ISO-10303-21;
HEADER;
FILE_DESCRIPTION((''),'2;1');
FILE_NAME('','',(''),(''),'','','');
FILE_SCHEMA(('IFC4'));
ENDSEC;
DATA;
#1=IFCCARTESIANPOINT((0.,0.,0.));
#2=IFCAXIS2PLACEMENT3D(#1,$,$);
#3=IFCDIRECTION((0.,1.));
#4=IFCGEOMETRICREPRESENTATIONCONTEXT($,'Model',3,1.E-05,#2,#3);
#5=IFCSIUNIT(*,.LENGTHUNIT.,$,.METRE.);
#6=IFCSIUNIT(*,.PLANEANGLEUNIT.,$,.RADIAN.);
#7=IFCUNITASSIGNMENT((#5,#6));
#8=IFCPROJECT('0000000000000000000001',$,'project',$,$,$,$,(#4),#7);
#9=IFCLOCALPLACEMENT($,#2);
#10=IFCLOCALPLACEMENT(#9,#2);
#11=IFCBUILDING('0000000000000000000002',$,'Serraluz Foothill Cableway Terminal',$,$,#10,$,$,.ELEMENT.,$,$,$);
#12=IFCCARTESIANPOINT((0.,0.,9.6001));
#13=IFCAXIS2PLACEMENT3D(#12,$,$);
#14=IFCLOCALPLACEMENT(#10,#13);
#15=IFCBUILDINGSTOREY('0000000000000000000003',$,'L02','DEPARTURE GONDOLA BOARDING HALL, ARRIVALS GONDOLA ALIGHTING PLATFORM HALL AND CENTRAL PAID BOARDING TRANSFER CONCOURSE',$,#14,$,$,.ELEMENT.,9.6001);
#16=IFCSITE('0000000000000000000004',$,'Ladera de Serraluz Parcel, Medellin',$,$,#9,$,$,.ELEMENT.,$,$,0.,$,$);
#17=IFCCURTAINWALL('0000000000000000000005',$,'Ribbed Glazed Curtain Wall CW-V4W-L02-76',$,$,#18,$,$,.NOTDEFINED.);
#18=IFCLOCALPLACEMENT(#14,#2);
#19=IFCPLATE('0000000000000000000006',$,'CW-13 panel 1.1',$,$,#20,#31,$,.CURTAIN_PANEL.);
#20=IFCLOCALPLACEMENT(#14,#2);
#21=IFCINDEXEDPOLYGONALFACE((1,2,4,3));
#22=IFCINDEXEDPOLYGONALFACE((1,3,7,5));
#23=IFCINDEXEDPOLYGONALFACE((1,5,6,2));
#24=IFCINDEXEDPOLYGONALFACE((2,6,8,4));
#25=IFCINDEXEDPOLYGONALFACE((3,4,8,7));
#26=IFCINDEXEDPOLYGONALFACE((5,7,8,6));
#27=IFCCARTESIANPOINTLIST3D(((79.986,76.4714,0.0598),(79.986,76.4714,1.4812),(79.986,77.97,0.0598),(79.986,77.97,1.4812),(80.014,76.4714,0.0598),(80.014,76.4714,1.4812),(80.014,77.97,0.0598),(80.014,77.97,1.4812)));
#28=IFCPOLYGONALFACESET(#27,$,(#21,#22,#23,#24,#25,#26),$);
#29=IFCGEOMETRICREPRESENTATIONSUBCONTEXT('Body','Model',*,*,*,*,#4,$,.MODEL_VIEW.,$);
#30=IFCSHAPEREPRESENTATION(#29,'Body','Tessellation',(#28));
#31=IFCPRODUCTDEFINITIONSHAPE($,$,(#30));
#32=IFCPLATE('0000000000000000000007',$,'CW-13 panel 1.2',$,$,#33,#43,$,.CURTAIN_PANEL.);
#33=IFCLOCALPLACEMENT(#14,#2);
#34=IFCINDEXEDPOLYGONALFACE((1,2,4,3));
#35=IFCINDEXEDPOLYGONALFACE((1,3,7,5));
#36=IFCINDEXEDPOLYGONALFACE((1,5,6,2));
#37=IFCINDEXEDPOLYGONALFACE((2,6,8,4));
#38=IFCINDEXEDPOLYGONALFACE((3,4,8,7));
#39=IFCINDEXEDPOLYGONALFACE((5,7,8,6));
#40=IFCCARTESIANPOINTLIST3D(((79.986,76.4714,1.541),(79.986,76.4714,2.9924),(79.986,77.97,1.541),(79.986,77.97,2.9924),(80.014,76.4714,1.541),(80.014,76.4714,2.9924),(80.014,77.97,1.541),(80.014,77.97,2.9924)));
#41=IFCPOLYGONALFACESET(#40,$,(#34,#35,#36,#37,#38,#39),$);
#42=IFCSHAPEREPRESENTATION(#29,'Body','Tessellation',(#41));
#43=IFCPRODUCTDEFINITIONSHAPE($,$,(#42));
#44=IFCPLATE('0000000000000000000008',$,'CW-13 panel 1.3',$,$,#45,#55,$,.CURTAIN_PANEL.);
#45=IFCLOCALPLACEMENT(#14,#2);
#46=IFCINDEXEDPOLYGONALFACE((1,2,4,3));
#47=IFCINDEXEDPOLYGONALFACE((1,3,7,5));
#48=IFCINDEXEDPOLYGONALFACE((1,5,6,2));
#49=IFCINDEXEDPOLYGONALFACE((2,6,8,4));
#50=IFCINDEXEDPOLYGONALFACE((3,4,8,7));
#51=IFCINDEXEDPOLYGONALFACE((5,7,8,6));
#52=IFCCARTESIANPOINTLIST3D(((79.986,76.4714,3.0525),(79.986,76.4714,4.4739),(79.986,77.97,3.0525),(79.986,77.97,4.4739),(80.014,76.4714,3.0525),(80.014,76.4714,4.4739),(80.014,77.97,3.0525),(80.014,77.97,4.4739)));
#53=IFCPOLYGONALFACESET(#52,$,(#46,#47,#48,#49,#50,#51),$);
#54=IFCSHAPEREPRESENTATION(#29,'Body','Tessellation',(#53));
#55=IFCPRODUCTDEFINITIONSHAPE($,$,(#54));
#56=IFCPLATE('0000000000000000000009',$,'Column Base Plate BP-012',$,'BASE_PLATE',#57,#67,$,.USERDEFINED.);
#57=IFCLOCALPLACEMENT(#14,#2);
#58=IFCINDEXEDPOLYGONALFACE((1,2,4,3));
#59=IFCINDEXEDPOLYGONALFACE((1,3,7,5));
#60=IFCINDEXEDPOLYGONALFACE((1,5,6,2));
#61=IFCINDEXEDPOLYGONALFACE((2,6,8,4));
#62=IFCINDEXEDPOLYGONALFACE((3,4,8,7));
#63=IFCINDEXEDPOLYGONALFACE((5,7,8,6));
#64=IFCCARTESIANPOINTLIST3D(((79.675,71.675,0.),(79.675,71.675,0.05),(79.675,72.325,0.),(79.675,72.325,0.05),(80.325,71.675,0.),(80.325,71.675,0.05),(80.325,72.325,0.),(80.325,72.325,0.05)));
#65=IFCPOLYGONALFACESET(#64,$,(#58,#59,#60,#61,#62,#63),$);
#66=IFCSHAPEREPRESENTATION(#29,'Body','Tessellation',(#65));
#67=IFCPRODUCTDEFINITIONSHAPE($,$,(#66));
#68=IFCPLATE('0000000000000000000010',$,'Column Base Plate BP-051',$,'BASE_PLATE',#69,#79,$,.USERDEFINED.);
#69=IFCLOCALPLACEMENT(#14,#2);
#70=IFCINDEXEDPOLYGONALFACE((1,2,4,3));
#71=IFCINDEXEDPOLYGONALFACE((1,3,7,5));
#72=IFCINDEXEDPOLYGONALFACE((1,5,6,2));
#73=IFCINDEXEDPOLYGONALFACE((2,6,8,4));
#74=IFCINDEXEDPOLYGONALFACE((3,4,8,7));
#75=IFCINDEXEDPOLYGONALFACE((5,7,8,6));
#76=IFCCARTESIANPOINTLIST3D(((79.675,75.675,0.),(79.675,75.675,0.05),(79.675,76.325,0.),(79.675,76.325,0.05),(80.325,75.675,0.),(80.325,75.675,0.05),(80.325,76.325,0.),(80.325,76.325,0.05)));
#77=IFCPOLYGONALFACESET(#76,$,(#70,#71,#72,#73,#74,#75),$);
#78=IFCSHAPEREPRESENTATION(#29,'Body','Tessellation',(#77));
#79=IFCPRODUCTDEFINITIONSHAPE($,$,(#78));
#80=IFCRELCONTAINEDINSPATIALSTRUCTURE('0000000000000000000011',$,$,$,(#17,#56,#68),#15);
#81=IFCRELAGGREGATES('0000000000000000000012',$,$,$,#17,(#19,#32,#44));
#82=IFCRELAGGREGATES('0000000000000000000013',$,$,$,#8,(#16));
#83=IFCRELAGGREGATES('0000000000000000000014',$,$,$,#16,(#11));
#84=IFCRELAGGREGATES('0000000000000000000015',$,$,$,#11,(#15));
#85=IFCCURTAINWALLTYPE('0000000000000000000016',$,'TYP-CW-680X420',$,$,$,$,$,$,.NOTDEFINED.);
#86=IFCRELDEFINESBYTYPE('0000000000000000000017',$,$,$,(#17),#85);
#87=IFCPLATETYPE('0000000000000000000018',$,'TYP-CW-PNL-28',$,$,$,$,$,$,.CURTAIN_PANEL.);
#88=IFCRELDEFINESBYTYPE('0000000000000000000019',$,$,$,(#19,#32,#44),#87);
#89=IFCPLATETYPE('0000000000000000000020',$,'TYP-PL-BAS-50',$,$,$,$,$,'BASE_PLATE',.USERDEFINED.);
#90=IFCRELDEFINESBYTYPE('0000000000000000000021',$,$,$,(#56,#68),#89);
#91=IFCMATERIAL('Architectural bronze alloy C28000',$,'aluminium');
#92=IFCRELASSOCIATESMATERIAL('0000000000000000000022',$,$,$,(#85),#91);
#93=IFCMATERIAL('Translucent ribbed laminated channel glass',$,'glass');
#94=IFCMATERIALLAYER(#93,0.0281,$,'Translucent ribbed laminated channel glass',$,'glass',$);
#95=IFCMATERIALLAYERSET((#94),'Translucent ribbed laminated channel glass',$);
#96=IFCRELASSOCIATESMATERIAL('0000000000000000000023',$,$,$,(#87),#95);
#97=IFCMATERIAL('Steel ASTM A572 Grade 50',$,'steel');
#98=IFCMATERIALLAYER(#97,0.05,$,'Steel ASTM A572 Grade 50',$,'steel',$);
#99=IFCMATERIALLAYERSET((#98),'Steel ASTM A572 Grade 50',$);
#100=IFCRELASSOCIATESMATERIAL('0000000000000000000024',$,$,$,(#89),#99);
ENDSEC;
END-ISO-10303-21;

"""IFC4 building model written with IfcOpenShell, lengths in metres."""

from ifc_helpers import new_model, si_unit, direction, frame, origin, origin_2d, place, context, subcontext, project, spatial, rectangle, extrude, material, layer, layer_set, type_object, element, aggregate, save


model = new_model("IFC4")

# Units and contexts
model_context = context("Model", 3, precision=1e-05, world=origin(), true_north=direction((0.0, 1.0)))
body_context = subcontext(model_context, "Body", "Model", "MODEL_VIEW")
ifc_project = project(units=[si_unit("LENGTHUNIT", "METRE"), si_unit("PLANEANGLEUNIT", "RADIAN")], contexts=[model_context])

# Site, building, storey
site_placement = place(None, origin())
site = spatial("IfcSite", under=ifc_project, at=site_placement, Name="Ladera de Serraluz Parcel, Medellin", CompositionType="ELEMENT", RefElevation=0.0)
building_placement = place(site_placement, origin())
building = spatial("IfcBuilding", under=site, at=building_placement, Name="Serraluz Foothill Cableway Terminal", CompositionType="ELEMENT")
storey_placement = place(building_placement, frame((0.0, 0.0, 9.6001)))
storey = spatial("IfcBuildingStorey", under=building, at=storey_placement, Name="L02", Description="DEPARTURE GONDOLA BOARDING HALL, ARRIVALS GONDOLA ALIGHTING PLATFORM HALL AND CENTRAL PAID BOARDING TRANSFER CONCOURSE", CompositionType="ELEMENT", Elevation=9.6001)

# Shared definitions
ifc_material_1 = material(Name="Architectural bronze alloy C28000", Category="aluminium")

# Curtain wall
curtain_wall_type_1 = type_object("IfcCurtainWallType", Name="TYP-CW-680X420", PredefinedType="NOTDEFINED", material=ifc_material_1)
curtain_wall_1_placement = place(storey_placement, origin())
curtain_wall_1 = element("IfcCurtainWall", 1, at=curtain_wall_1_placement, inside=storey, type_object=curtain_wall_type_1, Name="Ribbed Glazed Curtain Wall CW-V4W-L02-76", PredefinedType="NOTDEFINED")

# Plates
ifc_material_2 = material(Name="Translucent ribbed laminated channel glass", Category="glass")
ifc_layer_1 = layer(ifc_material_2, 0.0281, Name="Translucent ribbed laminated channel glass", Category="glass")
ifc_layer_set_1 = layer_set([ifc_layer_1], Name="Translucent ribbed laminated channel glass")
plate_type_1 = type_object("IfcPlateType", Name="TYP-CW-PNL-28", PredefinedType="CURTAIN_PANEL", material=ifc_layer_set_1)
plate_1_placement = place(storey_placement, frame((80.0, 77.2207, 0.0598), z_axis=(0.0, 0.0, 1.0), x_axis=(0.0, 1.0, 0.0)))
plate_1 = element("IfcPlate", 2, at=plate_1_placement, type_object=plate_type_1, Name="CW-13 panel 1.1", PredefinedType="CURTAIN_PANEL", context=body_context, shape_type="SweptSolid", body=[
    extrude(rectangle(XDim=1.4985, YDim=0.0281, at=origin_2d()), origin(), (0.0, 0.0, 1.0), 1.4214),
])
plate_2_placement = place(storey_placement, frame((80.0, 77.2207, 1.541), z_axis=(0.0, 0.0, 1.0), x_axis=(0.0, 1.0, 0.0)))
plate_2 = element("IfcPlate", 3, at=plate_2_placement, type_object=plate_type_1, Name="CW-13 panel 1.2", PredefinedType="CURTAIN_PANEL", context=body_context, shape_type="SweptSolid", body=[
    extrude(rectangle(XDim=1.4985, YDim=0.0281, at=origin_2d()), origin(), (0.0, 0.0, 1.0), 1.4514),
])
plate_3_placement = place(storey_placement, frame((80.0, 77.2207, 3.0525), z_axis=(0.0, 0.0, 1.0), x_axis=(0.0, 1.0, 0.0)))
plate_3 = element("IfcPlate", 4, at=plate_3_placement, type_object=plate_type_1, Name="CW-13 panel 1.3", PredefinedType="CURTAIN_PANEL", context=body_context, shape_type="SweptSolid", body=[
    extrude(rectangle(XDim=1.4985, YDim=0.0281, at=origin_2d()), origin(), (0.0, 0.0, 1.0), 1.4214),
])
aggregate(curtain_wall_1, [plate_1, plate_2, plate_3])

# Plates
ifc_material_3 = material(Name="Steel ASTM A572 Grade 50", Category="steel")
ifc_layer_2 = layer(ifc_material_3, 0.05, Name="Steel ASTM A572 Grade 50", Category="steel")
ifc_layer_set_2 = layer_set([ifc_layer_2], Name="Steel ASTM A572 Grade 50")
plate_type_2 = type_object("IfcPlateType", Name="TYP-PL-BAS-50", ElementType="BASE_PLATE", PredefinedType="USERDEFINED", material=ifc_layer_set_2)
for number, where, z_axis, x_axis, name in (
    (5, (80.0, 72.0, 0.0), (0.0, 0.0, 1.0), (1.0, 0.0, 0.0), "Column Base Plate BP-012"),
    (6, (80.0, 76.0, 0.0), (0.0, 0.0, 1.0), (1.0, 0.0, 0.0), "Column Base Plate BP-051"),
):
    element("IfcPlate", number, at=place(storey_placement, frame(where, z_axis=z_axis, x_axis=x_axis)), inside=storey, type_object=plate_type_2, Name=name, ObjectType="BASE_PLATE", PredefinedType="USERDEFINED", context=body_context, shape_type="SweptSolid", body=[
        extrude(rectangle(XDim=0.6499, YDim=0.6499, at=origin_2d()), origin(), (0.0, 0.0, 1.0), 0.05),
    ])

save(model, "model.ifc")
